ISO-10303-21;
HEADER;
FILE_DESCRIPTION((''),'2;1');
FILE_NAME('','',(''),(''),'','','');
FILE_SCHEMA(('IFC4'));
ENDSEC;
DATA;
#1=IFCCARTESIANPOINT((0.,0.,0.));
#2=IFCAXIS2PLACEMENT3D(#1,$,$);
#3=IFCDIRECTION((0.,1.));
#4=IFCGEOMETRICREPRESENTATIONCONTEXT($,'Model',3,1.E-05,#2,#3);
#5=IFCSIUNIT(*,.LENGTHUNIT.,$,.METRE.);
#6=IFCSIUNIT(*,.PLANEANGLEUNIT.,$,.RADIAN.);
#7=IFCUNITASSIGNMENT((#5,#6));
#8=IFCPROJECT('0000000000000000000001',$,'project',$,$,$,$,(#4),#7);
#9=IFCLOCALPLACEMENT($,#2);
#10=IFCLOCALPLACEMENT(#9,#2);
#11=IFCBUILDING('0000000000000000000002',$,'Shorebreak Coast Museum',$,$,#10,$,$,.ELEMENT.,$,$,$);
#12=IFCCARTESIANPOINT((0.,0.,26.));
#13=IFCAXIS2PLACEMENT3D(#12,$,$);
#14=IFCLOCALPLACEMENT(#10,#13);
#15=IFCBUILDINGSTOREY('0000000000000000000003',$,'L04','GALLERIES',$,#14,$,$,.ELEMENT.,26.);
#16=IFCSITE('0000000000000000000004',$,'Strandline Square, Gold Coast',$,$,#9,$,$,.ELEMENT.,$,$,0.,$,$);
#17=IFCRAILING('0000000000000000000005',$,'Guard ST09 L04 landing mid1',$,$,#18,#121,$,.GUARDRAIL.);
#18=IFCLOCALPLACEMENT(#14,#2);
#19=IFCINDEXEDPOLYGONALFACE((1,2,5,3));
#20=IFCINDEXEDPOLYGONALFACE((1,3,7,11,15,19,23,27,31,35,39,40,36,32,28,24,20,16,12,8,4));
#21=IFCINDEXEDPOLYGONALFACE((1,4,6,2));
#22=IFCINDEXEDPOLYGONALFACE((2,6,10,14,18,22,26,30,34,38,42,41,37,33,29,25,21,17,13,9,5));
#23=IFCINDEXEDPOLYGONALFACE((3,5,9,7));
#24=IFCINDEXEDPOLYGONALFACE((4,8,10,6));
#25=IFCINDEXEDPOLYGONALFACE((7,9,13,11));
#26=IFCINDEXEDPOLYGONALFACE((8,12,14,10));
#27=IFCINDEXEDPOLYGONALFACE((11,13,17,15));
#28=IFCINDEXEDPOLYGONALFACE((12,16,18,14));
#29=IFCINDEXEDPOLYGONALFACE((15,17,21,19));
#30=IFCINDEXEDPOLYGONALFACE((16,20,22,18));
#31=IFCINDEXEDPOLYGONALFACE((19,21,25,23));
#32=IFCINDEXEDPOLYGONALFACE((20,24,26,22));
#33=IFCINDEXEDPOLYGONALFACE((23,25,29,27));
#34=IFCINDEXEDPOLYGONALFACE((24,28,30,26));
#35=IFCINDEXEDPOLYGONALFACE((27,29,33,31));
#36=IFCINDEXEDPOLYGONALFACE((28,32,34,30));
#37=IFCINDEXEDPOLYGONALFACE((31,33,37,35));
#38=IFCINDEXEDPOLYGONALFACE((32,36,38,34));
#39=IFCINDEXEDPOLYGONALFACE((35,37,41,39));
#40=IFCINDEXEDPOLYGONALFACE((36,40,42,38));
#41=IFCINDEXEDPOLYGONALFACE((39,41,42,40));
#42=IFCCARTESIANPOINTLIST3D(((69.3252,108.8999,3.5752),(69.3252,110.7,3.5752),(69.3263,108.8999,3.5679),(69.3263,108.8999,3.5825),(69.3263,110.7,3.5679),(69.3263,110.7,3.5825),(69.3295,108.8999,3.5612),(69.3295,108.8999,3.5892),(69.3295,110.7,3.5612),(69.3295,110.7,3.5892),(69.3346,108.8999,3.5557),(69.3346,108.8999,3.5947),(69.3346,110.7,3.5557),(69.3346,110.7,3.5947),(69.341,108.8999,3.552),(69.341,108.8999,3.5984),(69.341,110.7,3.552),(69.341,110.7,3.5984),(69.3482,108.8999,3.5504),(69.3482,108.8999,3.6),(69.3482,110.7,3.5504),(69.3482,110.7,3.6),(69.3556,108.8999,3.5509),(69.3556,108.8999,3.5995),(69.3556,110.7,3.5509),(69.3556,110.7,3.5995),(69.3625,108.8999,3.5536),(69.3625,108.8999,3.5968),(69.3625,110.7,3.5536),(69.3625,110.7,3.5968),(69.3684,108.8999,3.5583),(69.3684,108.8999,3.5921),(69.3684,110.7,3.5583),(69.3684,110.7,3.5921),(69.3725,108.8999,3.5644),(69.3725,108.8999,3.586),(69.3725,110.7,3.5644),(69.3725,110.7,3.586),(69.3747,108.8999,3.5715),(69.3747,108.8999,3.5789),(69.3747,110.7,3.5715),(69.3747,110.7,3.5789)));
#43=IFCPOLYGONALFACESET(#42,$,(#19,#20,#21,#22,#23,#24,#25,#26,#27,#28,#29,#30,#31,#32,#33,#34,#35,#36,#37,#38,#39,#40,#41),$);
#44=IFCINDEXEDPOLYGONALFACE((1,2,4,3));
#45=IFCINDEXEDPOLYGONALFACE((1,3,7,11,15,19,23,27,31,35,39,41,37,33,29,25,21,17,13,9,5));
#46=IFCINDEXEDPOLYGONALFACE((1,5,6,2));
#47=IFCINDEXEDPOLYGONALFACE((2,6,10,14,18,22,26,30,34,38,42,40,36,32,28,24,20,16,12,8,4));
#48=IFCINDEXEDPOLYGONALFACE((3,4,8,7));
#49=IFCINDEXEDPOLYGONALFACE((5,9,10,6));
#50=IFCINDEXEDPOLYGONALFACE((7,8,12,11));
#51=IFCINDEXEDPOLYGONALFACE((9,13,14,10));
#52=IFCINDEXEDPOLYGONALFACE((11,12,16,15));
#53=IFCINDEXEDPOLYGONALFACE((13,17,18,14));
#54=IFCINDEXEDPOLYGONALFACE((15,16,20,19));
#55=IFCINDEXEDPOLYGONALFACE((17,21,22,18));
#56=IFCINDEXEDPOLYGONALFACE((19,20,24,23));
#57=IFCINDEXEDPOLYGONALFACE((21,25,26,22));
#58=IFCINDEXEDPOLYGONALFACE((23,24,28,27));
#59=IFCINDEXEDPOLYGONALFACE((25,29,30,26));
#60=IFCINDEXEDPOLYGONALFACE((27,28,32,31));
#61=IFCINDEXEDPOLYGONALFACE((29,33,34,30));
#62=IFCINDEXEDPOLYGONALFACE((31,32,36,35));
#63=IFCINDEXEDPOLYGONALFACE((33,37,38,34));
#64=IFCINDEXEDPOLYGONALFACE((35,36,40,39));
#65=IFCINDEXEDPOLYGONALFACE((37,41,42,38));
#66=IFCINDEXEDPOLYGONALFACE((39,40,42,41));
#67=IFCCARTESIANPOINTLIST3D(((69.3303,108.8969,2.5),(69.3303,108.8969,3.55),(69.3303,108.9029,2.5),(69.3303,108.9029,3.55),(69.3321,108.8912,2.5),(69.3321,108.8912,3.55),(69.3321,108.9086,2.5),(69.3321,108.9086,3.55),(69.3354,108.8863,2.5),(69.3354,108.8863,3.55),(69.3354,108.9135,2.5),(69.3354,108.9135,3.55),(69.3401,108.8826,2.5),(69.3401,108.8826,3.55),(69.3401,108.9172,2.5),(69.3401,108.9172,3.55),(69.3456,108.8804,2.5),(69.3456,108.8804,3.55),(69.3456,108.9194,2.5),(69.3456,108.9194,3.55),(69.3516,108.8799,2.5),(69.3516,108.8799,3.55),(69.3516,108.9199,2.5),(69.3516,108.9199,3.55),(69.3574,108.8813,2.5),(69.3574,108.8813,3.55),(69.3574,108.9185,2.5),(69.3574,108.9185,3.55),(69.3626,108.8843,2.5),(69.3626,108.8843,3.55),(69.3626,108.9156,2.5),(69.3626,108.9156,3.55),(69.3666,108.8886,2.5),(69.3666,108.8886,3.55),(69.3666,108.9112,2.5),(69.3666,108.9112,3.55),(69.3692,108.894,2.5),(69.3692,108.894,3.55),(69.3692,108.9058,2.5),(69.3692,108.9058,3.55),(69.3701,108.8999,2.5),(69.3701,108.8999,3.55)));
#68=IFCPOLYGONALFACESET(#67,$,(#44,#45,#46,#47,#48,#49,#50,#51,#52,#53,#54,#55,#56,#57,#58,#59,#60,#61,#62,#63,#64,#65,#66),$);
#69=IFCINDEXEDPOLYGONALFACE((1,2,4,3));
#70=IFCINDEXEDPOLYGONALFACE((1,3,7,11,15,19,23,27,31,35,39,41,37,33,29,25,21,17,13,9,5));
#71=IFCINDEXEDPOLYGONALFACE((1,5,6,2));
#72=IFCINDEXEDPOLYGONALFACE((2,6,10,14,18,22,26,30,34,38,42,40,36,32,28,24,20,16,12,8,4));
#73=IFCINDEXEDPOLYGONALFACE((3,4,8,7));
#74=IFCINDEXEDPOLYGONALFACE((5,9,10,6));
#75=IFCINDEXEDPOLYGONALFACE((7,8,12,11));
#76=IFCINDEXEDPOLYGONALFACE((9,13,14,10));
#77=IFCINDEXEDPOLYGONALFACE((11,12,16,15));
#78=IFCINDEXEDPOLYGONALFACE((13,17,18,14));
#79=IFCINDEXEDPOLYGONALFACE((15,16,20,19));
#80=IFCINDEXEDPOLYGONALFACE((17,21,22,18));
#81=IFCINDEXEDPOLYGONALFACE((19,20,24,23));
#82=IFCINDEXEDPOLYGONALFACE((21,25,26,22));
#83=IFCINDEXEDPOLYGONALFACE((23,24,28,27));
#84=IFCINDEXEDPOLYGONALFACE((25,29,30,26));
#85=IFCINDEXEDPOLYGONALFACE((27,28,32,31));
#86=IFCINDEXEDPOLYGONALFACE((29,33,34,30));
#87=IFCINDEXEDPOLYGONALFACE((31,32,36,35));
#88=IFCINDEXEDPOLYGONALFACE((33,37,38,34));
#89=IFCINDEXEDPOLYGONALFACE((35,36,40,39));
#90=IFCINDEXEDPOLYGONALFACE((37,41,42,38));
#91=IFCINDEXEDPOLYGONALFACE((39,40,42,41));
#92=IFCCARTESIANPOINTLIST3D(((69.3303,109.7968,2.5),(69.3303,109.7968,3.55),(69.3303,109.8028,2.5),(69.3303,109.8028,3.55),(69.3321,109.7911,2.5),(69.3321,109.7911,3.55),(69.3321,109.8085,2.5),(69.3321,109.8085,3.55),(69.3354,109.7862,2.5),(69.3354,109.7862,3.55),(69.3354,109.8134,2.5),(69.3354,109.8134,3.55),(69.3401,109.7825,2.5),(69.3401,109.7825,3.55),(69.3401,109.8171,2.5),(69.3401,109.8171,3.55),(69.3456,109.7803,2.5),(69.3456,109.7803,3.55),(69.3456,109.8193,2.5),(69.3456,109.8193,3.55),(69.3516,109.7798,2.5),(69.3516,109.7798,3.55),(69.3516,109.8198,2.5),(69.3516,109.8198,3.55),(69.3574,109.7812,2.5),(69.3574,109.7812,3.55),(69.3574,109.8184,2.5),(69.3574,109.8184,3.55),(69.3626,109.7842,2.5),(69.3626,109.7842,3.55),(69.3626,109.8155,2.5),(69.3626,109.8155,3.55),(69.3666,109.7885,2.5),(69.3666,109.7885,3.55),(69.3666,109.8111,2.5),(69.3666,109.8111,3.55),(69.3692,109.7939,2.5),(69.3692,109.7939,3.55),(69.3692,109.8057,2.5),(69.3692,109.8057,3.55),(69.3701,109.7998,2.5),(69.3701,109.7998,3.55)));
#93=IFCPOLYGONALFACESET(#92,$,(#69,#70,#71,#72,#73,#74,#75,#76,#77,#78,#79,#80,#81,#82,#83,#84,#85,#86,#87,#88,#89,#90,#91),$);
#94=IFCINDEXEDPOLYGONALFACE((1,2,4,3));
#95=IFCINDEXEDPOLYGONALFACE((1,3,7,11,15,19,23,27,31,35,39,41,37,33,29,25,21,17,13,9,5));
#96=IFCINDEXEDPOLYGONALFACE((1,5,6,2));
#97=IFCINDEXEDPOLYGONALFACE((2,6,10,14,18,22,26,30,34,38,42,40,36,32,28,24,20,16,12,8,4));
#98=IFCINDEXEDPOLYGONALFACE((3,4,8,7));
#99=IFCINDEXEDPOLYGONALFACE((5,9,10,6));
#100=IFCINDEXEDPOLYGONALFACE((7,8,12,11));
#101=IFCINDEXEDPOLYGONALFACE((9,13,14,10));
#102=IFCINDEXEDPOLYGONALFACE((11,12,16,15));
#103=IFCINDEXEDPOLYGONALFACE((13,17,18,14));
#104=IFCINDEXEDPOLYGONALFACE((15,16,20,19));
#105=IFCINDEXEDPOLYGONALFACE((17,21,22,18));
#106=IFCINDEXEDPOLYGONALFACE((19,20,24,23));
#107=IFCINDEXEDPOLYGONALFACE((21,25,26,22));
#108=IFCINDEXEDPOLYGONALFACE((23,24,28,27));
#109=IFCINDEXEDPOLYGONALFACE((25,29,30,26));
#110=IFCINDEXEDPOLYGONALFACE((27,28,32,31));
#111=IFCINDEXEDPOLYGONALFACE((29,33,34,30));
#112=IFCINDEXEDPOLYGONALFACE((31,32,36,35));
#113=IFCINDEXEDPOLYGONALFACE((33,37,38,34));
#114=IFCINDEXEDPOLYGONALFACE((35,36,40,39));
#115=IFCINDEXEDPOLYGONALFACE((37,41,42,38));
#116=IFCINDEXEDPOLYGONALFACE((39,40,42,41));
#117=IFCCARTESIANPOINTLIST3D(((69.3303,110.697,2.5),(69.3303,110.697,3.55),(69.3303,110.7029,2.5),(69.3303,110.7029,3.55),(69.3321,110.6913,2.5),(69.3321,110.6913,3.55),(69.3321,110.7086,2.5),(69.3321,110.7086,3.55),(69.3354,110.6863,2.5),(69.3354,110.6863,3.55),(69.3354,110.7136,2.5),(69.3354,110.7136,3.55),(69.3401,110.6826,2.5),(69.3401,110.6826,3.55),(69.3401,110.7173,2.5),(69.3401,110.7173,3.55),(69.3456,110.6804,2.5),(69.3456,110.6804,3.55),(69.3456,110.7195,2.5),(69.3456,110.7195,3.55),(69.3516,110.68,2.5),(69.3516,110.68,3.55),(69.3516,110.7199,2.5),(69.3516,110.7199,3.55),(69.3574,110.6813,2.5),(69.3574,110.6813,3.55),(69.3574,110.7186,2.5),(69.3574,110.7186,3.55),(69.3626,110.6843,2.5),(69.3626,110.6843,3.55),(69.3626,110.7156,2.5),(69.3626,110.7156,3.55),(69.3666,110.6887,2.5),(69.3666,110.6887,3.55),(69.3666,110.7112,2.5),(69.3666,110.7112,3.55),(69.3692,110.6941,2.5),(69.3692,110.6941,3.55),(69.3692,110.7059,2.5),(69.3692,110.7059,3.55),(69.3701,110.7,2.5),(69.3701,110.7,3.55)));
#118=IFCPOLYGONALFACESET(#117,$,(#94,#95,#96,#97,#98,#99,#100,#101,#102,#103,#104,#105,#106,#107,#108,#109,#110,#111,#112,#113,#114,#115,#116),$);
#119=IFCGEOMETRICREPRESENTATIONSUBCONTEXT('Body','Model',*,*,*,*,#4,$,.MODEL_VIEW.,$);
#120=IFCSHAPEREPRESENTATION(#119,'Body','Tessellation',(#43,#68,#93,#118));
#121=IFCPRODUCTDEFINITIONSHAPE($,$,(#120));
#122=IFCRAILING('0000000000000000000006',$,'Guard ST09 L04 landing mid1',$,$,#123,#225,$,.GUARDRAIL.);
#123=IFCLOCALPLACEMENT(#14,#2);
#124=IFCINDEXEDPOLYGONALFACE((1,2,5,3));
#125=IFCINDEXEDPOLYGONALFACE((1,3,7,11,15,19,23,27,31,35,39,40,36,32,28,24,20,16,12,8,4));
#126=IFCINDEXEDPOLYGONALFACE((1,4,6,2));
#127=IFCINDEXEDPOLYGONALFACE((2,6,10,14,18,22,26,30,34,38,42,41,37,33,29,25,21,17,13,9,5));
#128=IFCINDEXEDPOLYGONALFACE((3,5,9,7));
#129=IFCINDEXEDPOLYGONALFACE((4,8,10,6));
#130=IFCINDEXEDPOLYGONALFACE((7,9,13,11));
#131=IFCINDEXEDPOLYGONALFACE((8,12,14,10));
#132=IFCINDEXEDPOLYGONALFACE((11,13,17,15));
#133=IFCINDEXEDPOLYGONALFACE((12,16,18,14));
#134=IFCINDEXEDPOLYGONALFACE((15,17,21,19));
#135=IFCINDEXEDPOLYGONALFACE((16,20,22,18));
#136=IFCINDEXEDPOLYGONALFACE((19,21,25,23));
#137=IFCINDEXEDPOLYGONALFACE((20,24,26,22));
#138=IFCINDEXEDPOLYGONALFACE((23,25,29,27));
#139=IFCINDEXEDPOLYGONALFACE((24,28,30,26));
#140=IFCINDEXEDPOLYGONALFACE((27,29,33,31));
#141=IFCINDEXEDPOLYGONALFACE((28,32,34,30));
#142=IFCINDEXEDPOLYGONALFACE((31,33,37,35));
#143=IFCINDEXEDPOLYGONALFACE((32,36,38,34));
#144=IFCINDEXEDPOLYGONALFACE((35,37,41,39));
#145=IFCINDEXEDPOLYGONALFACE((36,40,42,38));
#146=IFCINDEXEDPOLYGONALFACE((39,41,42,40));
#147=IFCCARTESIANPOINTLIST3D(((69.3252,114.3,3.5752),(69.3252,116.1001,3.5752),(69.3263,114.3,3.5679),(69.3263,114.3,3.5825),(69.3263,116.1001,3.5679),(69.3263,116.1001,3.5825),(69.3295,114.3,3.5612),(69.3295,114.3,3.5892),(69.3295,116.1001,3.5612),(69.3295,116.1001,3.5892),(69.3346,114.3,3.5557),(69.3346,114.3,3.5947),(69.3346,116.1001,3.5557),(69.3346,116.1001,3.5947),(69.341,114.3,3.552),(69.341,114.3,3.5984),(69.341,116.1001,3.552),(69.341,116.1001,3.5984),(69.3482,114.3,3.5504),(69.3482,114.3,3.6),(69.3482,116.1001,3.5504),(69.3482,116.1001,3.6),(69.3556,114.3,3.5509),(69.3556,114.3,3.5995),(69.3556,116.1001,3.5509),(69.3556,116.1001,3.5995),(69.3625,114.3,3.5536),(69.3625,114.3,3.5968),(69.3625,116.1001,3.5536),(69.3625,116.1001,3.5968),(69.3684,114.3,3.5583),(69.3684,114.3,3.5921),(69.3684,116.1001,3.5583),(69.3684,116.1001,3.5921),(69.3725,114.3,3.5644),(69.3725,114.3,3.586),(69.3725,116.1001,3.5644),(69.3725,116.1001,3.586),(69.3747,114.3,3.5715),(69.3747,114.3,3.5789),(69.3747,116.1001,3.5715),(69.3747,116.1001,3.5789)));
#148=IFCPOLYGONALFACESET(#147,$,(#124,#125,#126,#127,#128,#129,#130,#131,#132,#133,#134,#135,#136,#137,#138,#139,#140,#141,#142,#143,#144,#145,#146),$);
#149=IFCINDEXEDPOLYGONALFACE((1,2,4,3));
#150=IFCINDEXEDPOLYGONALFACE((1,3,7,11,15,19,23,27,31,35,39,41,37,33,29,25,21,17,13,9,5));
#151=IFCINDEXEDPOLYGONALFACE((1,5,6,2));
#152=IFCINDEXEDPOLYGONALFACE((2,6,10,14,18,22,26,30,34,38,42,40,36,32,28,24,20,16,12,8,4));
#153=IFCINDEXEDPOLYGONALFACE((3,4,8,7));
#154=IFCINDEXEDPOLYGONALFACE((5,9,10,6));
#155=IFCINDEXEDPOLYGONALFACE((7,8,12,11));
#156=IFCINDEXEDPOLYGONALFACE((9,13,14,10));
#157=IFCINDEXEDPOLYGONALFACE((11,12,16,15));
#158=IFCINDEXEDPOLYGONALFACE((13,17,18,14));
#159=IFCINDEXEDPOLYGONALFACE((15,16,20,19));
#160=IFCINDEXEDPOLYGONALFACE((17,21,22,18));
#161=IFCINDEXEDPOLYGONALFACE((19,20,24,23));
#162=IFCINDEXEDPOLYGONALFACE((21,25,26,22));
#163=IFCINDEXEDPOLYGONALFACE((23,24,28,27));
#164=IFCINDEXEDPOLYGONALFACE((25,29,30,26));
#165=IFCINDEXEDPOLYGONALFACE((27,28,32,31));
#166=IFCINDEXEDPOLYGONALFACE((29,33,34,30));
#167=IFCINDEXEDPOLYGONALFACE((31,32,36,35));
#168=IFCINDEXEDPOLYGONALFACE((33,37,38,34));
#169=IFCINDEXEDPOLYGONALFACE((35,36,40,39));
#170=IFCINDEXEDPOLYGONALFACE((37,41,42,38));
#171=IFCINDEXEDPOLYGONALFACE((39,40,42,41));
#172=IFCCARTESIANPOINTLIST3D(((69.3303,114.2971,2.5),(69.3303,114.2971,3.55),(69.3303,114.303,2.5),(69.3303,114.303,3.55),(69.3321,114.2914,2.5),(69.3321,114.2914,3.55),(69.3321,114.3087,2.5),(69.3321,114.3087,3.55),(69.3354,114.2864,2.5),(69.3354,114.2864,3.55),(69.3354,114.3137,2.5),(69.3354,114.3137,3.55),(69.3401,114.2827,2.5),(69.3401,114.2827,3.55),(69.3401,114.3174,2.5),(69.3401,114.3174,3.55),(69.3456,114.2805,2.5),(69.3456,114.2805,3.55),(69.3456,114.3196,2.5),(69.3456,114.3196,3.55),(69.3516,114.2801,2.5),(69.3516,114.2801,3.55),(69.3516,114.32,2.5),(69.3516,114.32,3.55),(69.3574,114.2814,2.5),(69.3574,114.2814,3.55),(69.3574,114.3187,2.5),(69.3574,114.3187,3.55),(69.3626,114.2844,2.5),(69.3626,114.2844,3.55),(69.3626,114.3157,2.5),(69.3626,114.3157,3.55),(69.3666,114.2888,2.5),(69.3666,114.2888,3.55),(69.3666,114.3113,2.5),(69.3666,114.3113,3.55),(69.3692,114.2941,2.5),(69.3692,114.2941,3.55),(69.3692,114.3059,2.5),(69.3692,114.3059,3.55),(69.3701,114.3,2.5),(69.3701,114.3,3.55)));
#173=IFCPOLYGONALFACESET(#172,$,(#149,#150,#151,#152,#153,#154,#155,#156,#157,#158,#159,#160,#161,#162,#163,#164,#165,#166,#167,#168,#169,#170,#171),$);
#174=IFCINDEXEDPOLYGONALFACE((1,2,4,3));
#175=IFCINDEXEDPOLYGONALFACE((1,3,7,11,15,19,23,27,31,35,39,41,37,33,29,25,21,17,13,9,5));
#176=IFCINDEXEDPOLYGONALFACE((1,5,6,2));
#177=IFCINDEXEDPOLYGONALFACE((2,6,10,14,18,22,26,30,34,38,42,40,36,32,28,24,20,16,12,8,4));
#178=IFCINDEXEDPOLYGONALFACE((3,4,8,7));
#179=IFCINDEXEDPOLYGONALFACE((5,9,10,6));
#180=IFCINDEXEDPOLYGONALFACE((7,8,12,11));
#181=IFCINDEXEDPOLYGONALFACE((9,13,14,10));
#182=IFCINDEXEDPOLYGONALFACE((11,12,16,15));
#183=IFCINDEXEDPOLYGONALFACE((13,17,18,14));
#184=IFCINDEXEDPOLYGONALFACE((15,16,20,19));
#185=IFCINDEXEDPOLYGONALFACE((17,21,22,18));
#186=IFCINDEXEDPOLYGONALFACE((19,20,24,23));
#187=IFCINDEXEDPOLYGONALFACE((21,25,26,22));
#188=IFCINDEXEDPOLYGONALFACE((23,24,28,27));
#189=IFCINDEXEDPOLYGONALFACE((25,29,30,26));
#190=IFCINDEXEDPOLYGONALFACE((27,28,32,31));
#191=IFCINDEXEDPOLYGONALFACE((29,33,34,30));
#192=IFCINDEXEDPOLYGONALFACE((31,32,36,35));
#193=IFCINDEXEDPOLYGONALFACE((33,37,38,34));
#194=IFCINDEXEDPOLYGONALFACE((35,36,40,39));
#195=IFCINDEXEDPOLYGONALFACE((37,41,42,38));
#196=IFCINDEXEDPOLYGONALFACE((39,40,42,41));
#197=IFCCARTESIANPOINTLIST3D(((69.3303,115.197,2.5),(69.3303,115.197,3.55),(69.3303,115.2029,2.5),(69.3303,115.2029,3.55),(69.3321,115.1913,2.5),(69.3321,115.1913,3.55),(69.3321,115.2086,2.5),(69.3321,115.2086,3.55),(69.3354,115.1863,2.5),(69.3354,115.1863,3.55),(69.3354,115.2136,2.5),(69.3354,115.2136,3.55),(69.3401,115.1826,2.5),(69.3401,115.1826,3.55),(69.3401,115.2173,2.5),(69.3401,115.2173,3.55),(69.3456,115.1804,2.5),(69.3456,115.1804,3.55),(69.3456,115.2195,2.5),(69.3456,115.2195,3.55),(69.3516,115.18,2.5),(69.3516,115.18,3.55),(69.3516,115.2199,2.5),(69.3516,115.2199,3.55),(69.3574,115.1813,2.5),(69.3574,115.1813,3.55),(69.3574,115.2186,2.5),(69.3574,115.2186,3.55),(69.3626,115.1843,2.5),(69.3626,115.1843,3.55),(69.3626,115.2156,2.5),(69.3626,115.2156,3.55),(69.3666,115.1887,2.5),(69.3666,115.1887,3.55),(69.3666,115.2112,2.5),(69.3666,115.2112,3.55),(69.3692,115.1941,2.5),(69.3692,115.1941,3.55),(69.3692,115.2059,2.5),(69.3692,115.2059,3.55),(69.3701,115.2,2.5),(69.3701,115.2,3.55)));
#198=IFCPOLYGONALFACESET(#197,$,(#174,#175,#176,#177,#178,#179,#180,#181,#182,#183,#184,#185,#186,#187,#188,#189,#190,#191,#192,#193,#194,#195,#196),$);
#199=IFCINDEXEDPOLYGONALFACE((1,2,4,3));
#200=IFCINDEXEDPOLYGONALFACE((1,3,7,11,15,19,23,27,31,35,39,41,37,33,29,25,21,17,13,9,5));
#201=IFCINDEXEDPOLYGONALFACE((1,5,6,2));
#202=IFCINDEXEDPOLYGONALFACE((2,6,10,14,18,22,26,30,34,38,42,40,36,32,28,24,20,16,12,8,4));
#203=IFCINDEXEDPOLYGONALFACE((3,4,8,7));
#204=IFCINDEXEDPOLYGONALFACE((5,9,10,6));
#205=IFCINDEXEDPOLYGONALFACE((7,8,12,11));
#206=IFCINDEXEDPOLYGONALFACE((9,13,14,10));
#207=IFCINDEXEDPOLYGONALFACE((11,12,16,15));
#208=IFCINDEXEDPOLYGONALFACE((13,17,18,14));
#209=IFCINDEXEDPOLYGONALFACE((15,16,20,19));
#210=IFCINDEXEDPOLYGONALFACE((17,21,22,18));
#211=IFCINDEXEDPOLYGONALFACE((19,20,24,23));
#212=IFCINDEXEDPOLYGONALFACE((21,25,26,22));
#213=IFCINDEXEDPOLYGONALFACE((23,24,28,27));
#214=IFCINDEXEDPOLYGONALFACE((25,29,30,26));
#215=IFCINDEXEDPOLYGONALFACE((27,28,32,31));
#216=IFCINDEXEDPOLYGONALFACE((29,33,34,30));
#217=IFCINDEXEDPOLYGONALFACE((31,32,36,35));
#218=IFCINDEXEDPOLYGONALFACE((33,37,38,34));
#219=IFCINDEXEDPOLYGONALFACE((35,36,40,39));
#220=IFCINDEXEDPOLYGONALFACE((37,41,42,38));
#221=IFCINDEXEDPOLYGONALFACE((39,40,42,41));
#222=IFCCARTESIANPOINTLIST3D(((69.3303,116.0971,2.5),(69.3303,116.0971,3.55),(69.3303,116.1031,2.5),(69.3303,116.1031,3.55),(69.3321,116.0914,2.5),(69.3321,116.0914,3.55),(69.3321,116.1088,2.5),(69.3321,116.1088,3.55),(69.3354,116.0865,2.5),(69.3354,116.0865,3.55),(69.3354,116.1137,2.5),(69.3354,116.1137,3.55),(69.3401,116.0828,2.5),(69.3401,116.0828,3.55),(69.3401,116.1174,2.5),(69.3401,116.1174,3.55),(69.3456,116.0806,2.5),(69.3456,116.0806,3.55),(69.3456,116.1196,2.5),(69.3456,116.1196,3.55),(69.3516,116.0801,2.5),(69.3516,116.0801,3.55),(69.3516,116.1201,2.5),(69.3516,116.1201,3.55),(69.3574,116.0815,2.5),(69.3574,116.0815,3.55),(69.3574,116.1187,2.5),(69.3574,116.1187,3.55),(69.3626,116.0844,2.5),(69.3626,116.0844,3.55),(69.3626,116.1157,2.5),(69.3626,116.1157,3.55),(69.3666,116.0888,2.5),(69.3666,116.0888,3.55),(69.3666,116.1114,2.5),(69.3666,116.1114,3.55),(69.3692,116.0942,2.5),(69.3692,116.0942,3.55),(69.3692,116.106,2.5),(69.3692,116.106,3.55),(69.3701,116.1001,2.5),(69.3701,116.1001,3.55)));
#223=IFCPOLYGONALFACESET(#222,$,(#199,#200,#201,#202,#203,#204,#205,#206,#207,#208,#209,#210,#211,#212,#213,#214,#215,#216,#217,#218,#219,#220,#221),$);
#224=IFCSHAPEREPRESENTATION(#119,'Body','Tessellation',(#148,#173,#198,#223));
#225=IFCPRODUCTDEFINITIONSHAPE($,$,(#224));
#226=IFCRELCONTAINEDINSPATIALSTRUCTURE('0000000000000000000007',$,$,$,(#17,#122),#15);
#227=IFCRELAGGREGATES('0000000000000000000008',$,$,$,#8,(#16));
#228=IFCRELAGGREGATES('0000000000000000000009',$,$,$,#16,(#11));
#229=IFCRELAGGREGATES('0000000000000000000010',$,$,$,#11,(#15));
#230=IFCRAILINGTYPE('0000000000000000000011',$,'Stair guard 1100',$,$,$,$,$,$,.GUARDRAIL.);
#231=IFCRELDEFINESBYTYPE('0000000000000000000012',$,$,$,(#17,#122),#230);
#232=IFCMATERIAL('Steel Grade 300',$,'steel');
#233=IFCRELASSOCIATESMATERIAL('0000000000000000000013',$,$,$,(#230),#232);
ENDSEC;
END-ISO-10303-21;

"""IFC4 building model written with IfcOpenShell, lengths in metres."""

from ifc_helpers import new_model, si_unit, direction, frame, origin, origin_2d, place, context, subcontext, project, spatial, circle, extrude, material, type_object, element, save


model = new_model("IFC4")

# Units and contexts
model_context = context("Model", 3, precision=1e-05, world=origin(), true_north=direction((0.0, 1.0)))
body_context = subcontext(model_context, "Body", "Model", "MODEL_VIEW")
ifc_project = project(units=[si_unit("LENGTHUNIT", "METRE"), si_unit("PLANEANGLEUNIT", "RADIAN")], contexts=[model_context])

# Site, building, storey
site_placement = place(None, origin())
site = spatial("IfcSite", under=ifc_project, at=site_placement, Name="Strandline Square, Gold Coast", CompositionType="ELEMENT", RefElevation=0.0)
building_placement = place(site_placement, origin())
building = spatial("IfcBuilding", under=site, at=building_placement, Name="Shorebreak Coast Museum", CompositionType="ELEMENT")
storey_placement = place(building_placement, frame((0.0, 0.0, 26.0)))
storey = spatial("IfcBuildingStorey", under=building, at=storey_placement, Name="L04", Description="GALLERIES", CompositionType="ELEMENT", Elevation=26.0)

# Railings
ifc_material_1 = material(Name="Steel Grade 300", Category="steel")
railing_type_1 = type_object("IfcRailingType", Name="Stair guard 1100", PredefinedType="GUARDRAIL", material=ifc_material_1)
for number, where, name in (
    (1, (69.3501, 108.8999, 2.5), "Guard ST09 L04 landing mid1"),
    (2, (69.3501, 114.3, 2.5), "Guard ST09 L04 landing mid1"),
):
    element("IfcRailing", number, at=place(storey_placement, frame(where)), inside=storey, type_object=railing_type_1, Name=name, PredefinedType="GUARDRAIL", context=body_context, shape_type="SweptSolid", body=[
        extrude(circle(Radius=0.0249, at=origin_2d()), frame((0.0, 0.0, 1.0752), z_axis=(0.0, 1.0, 0.0), x_axis=(-1.0, 0.0, 0.0)), (0.0, 0.0, 1.0), 1.8),
        extrude(circle(Radius=0.02, at=origin_2d()), origin(), (0.0, 0.0, 1.0), 1.05),
        extrude(circle(Radius=0.02, at=origin_2d()), frame((0.0, 0.8999, 0.0)), (0.0, 0.0, 1.0), 1.05),
        extrude(circle(Radius=0.02, at=origin_2d()), frame((0.0, 1.8, 0.0)), (0.0, 0.0, 1.0), 1.05),
    ])

save(model, "model.ifc")
